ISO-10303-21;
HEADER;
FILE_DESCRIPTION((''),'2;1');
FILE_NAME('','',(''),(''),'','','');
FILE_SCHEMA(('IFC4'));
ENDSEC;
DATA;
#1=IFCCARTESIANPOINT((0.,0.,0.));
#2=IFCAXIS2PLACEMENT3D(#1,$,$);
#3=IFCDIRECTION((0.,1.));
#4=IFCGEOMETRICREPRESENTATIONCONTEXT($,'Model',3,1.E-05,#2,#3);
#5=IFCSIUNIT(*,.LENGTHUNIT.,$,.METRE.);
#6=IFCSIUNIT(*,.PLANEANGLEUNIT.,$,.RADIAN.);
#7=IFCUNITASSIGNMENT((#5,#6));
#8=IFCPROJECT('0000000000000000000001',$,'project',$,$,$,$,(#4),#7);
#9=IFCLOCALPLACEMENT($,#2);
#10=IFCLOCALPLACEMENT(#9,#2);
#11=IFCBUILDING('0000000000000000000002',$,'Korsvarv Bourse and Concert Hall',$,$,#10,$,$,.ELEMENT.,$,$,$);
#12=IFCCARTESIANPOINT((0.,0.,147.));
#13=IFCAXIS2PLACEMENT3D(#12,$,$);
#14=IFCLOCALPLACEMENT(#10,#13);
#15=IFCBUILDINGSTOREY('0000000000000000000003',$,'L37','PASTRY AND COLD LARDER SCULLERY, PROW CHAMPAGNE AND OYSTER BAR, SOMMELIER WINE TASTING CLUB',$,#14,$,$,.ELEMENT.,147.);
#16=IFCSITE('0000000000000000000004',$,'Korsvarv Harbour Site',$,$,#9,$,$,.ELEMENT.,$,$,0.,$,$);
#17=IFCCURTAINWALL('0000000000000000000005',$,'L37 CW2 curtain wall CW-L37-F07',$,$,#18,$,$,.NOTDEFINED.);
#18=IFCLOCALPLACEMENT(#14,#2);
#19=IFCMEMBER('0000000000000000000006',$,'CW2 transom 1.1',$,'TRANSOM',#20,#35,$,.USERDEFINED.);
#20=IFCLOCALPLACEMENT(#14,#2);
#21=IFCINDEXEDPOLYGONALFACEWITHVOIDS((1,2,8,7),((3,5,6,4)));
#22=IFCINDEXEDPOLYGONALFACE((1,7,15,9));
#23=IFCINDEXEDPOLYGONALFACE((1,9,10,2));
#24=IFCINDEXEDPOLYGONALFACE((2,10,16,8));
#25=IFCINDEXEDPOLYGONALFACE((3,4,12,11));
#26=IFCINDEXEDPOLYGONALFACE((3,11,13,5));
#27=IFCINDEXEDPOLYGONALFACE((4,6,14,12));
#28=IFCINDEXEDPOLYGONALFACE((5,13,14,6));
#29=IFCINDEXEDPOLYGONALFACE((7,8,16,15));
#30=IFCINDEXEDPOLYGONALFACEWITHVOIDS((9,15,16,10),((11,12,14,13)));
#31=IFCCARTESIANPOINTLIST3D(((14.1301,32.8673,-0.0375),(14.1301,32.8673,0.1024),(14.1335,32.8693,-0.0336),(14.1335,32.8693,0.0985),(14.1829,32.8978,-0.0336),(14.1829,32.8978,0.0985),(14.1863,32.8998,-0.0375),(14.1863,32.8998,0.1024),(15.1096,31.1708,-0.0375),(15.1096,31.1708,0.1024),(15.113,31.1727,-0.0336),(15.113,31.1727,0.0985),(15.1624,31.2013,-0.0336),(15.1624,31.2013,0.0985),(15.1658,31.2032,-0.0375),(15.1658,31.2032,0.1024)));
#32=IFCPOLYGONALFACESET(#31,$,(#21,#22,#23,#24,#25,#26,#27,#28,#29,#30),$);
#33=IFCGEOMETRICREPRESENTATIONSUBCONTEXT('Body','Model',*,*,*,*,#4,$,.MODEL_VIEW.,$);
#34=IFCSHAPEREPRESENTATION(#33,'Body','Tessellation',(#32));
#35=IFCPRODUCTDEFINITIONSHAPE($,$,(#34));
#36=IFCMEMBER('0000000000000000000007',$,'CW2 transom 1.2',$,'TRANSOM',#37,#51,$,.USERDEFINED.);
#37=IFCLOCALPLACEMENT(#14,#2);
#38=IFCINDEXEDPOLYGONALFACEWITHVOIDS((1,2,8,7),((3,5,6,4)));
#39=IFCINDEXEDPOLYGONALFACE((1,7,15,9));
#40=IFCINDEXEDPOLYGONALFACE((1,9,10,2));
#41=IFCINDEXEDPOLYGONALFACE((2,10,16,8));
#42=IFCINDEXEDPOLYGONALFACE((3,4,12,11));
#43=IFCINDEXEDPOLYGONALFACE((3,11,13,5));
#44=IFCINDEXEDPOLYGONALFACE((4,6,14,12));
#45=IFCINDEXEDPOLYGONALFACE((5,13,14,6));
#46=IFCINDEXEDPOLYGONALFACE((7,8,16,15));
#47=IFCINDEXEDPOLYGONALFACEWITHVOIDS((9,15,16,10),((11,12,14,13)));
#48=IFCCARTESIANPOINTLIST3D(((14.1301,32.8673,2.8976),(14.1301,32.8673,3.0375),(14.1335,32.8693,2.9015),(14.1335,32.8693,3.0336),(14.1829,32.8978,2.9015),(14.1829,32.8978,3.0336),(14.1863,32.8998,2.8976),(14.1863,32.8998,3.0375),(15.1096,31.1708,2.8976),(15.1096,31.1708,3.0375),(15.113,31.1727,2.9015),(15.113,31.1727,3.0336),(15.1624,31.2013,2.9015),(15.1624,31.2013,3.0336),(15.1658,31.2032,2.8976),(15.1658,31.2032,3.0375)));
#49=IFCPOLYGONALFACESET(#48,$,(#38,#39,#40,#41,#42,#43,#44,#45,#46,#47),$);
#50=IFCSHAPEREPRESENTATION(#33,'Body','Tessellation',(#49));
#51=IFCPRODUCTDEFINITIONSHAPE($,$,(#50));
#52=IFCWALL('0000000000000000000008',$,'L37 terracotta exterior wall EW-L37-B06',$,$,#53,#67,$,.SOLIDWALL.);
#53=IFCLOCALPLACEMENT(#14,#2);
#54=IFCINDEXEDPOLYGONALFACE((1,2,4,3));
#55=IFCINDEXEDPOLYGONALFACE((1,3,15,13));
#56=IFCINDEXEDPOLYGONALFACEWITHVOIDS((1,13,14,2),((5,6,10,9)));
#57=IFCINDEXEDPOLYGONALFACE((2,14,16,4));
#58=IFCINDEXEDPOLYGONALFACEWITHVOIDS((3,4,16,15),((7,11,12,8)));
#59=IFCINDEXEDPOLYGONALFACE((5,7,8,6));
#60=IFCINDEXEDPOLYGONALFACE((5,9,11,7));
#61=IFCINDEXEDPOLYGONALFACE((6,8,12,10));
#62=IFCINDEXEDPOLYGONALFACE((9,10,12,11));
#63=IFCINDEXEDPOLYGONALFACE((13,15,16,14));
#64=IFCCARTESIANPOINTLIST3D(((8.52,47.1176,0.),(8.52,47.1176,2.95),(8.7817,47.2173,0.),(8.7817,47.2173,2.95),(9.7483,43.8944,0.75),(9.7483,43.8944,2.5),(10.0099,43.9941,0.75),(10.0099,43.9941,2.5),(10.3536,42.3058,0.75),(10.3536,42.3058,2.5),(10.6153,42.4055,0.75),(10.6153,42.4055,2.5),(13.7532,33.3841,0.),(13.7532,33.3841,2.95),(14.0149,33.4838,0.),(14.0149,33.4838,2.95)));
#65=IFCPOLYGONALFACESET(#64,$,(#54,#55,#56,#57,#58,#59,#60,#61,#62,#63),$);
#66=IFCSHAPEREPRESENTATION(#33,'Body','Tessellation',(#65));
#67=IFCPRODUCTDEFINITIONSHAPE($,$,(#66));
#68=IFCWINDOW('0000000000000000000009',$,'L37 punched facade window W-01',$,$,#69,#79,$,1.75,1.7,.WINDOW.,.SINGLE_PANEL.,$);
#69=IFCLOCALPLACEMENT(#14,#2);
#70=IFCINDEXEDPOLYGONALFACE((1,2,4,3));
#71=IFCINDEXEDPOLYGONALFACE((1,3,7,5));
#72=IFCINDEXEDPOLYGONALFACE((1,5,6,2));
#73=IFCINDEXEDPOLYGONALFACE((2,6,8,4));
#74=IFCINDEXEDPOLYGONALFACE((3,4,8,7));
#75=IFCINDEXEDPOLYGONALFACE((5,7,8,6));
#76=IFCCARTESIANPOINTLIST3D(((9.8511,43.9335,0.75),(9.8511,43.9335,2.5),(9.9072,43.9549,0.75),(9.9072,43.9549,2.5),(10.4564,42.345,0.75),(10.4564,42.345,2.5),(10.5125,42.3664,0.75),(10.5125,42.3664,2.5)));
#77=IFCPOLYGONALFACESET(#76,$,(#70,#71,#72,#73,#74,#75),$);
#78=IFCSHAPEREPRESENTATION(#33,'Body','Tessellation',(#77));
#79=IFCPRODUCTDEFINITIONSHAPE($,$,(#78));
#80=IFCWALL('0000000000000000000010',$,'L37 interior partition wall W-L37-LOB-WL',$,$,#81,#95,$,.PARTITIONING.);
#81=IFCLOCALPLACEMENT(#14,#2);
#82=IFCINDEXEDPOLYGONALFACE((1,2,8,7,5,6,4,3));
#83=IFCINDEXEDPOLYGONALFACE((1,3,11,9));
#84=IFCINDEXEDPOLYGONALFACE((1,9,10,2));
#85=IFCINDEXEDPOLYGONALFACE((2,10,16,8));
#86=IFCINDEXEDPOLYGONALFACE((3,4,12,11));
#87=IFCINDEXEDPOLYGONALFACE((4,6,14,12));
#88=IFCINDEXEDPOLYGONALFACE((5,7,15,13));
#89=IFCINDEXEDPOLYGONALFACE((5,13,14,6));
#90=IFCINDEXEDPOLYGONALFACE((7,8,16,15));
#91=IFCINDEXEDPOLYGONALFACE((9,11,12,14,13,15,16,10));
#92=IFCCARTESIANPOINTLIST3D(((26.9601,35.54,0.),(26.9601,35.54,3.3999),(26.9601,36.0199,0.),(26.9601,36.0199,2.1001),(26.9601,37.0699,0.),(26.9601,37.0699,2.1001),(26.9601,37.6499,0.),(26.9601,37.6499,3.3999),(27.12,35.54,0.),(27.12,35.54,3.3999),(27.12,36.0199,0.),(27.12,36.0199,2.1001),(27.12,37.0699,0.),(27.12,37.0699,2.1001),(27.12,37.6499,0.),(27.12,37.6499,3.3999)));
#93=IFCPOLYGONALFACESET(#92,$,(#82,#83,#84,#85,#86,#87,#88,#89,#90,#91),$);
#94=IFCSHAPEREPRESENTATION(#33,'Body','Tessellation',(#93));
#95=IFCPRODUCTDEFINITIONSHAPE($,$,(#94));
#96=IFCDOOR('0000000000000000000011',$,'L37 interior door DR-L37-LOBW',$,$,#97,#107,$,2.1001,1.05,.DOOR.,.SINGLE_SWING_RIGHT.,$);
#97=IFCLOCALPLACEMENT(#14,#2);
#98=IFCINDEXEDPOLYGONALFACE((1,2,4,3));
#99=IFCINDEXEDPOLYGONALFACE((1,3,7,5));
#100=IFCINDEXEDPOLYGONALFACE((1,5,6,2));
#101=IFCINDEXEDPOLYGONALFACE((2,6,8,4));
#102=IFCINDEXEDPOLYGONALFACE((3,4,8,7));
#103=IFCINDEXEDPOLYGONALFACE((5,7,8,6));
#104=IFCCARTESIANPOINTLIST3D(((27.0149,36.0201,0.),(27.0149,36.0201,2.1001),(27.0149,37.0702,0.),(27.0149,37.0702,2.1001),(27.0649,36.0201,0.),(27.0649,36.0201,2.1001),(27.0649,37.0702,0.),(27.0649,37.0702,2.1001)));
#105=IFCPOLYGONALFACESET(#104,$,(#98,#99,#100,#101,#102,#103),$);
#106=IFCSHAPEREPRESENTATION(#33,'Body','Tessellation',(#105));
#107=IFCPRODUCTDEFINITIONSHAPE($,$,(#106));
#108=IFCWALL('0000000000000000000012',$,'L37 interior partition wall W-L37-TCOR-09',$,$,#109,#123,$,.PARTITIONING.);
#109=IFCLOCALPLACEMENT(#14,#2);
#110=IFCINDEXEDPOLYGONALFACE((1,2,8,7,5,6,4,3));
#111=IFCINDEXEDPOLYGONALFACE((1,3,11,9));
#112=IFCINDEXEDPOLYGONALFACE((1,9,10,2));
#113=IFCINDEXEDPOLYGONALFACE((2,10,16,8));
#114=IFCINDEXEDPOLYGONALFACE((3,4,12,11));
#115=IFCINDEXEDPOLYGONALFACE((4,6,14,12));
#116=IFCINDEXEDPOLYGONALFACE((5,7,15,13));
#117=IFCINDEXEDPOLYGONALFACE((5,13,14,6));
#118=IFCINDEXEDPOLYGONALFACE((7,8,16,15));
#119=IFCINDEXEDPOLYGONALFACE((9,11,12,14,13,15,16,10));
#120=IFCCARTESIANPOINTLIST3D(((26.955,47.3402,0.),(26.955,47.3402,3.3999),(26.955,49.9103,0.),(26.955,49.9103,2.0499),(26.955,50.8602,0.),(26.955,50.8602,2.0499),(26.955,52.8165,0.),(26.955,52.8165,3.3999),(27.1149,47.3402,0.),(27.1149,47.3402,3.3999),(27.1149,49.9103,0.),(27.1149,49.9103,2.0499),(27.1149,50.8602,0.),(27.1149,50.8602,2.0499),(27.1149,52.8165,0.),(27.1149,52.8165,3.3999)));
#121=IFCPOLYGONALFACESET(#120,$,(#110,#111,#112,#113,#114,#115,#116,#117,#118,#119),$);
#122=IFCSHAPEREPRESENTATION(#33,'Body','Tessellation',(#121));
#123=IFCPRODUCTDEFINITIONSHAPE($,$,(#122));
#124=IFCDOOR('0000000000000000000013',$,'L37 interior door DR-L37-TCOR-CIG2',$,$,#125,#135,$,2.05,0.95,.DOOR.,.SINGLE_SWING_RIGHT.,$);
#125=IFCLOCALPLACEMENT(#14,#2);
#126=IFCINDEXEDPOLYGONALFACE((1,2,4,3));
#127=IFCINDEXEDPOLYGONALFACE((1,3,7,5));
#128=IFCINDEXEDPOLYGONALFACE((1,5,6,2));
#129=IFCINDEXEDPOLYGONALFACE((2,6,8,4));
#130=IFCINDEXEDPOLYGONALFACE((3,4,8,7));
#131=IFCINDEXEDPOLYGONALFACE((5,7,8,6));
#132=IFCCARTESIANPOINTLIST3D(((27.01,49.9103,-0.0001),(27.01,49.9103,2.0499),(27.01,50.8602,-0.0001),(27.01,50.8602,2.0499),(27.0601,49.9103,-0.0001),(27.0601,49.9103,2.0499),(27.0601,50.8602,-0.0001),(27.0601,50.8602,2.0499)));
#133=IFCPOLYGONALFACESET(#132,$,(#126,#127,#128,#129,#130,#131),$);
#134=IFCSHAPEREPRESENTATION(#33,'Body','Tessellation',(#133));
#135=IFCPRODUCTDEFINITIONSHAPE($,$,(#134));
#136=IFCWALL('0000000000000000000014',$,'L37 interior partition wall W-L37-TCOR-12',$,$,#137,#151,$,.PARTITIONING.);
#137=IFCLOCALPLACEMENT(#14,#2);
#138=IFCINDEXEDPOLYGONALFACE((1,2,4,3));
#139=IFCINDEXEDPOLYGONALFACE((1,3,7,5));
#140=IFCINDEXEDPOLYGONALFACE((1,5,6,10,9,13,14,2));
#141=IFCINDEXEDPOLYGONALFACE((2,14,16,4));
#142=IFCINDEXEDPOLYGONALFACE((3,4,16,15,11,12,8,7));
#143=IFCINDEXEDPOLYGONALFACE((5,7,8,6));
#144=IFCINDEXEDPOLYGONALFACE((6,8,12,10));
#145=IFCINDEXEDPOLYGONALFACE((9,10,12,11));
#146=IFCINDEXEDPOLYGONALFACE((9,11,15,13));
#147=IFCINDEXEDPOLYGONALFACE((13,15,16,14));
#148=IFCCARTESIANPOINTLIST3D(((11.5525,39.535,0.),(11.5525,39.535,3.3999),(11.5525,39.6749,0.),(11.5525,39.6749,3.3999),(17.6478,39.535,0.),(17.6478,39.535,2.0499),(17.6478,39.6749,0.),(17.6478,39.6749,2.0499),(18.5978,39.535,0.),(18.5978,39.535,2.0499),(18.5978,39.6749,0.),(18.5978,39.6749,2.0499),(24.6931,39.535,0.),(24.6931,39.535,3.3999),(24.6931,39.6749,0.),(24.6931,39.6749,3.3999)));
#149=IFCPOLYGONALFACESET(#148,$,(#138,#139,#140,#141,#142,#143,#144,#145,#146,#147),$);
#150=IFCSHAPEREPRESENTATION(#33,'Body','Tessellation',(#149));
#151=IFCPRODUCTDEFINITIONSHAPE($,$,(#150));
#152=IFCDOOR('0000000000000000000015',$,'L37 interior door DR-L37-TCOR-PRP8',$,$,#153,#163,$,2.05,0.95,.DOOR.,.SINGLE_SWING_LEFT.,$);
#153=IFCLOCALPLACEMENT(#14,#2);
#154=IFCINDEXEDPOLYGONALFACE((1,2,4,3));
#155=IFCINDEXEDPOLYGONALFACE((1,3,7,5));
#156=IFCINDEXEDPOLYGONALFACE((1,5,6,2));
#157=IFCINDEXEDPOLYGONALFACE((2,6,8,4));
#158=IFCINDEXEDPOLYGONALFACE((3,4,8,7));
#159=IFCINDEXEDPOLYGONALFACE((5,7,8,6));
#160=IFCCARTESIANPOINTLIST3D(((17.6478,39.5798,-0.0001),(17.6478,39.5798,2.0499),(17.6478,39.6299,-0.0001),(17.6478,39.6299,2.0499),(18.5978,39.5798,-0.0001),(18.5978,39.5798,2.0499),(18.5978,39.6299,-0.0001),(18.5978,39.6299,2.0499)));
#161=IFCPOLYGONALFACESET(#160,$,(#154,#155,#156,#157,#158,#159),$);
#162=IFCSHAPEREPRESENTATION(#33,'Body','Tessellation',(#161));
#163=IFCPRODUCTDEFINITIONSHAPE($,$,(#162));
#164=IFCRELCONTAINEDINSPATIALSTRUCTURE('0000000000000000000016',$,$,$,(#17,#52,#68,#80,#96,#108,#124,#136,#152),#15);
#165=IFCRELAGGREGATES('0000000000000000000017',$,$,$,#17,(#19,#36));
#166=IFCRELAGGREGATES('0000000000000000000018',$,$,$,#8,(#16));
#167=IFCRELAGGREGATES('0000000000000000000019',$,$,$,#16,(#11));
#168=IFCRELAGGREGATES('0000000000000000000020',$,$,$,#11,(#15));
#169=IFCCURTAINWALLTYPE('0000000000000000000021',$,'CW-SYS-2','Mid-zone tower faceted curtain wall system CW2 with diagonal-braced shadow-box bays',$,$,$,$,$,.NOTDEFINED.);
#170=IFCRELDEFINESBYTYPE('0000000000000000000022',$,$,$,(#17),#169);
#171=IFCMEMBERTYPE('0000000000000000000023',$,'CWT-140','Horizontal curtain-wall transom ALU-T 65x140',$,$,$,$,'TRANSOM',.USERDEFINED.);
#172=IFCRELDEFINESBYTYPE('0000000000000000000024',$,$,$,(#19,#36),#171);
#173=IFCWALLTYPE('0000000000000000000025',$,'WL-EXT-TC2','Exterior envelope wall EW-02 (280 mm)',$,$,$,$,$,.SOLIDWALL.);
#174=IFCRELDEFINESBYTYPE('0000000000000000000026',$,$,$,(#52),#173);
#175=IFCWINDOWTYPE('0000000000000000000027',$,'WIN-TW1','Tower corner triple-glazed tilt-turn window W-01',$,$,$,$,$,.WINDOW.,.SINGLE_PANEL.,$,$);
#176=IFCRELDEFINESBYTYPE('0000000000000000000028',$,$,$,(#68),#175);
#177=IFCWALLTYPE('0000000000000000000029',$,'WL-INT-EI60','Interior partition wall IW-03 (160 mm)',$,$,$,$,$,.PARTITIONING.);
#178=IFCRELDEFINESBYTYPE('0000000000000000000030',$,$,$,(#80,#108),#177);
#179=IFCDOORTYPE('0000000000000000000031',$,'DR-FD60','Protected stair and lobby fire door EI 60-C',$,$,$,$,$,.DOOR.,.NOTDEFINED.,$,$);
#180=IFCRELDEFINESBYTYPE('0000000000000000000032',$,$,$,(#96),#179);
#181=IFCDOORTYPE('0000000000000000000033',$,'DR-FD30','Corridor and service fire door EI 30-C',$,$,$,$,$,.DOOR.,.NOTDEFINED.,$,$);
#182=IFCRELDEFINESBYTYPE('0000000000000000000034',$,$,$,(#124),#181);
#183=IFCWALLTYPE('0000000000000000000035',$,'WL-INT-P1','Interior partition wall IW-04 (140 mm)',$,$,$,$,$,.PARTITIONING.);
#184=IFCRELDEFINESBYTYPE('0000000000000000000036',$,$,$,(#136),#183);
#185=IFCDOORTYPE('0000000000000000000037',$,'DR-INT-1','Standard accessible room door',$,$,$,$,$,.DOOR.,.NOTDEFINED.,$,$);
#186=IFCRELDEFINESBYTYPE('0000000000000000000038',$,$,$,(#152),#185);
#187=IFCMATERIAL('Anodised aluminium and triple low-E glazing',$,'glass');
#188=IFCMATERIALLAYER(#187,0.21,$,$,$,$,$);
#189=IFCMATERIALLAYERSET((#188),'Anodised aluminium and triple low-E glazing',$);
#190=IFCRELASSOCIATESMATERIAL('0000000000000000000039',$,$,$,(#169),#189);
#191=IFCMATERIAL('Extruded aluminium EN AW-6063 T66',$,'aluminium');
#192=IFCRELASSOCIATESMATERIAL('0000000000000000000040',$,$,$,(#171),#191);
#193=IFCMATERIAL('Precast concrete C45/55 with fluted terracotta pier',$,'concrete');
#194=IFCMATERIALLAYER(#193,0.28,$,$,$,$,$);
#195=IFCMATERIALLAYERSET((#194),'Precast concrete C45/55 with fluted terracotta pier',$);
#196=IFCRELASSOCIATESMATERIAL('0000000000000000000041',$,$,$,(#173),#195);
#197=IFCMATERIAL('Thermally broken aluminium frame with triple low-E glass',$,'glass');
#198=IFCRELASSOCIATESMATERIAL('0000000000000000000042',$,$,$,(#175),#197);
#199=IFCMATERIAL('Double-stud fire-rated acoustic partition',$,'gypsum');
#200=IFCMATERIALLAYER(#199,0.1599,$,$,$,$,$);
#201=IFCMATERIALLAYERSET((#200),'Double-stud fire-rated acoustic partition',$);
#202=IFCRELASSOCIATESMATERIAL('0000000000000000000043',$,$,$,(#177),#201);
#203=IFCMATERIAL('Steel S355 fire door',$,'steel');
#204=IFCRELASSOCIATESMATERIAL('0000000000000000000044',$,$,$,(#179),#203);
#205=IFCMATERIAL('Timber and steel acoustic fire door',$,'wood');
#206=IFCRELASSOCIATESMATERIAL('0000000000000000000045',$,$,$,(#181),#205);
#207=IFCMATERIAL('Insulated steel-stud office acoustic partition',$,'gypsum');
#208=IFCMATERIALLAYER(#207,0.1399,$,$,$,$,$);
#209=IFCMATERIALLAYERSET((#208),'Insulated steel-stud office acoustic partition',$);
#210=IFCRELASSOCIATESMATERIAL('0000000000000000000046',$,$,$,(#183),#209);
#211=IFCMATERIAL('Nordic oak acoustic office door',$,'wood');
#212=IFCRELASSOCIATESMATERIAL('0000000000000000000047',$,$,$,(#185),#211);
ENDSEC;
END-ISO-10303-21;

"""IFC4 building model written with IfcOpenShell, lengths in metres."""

from ifc_helpers import new_model, si_unit, direction, frame, frame_2d, origin, origin_2d, place, context, subcontext, project, spatial, rectangle, hollow_rectangle, extrude, source, transform, mapped, material, layer, layer_set, material_profile, profile_set, type_object, element, fill, aggregate, save


model = new_model("IFC4")

# Units and contexts
model_context = context("Model", 3, precision=1e-05, world=origin(), true_north=direction((0.0, 1.0)))
body_context = subcontext(model_context, "Body", "Model", "MODEL_VIEW")
ifc_project = project(units=[si_unit("LENGTHUNIT", "METRE"), si_unit("PLANEANGLEUNIT", "RADIAN")], contexts=[model_context])

# Site, building, storey
site_placement = place(None, origin())
site = spatial("IfcSite", under=ifc_project, at=site_placement, Name="Korsvarv Harbour Site", CompositionType="ELEMENT", RefElevation=0.0)
building_placement = place(site_placement, origin())
building = spatial("IfcBuilding", under=site, at=building_placement, Name="Korsvarv Bourse and Concert Hall", CompositionType="ELEMENT")
storey_placement = place(building_placement, frame((0.0, 0.0, 147.0)))
storey = spatial("IfcBuildingStorey", under=building, at=storey_placement, Name="L37", Description="PASTRY AND COLD LARDER SCULLERY, PROW CHAMPAGNE AND OYSTER BAR, SOMMELIER WINE TASTING CLUB", CompositionType="ELEMENT", Elevation=147.0)

# Curtain wall, members
ifc_material_1 = material(Name="Anodised aluminium and triple low-E glazing", Category="glass")
ifc_layer_1 = layer(ifc_material_1, 0.21)
ifc_layer_set_1 = layer_set([ifc_layer_1], Name="Anodised aluminium and triple low-E glazing")
curtain_wall_type = type_object("IfcCurtainWallType", Name="CW-SYS-2", Description="Mid-zone tower faceted curtain wall system CW2 with diagonal-braced shadow-box bays", PredefinedType="NOTDEFINED", material=ifc_layer_set_1)
curtain_wall_placement = place(storey_placement, origin())
curtain_wall = element("IfcCurtainWall", 1, at=curtain_wall_placement, inside=storey, type_object=curtain_wall_type, Name="L37 CW2 curtain wall CW-L37-F07", PredefinedType="NOTDEFINED")
ifc_material_2 = material(Name="Extruded aluminium EN AW-6063 T66", Category="aluminium")
ifc_material_profile_1 = material_profile(ifc_material_2, hollow_rectangle(XDim=0.0649, YDim=0.1399, WallThickness=0.0039, at=origin_2d()), Name="ALU-T 65x140")
ifc_profile_set_1 = profile_set([ifc_material_profile_1], Name="Extruded aluminium EN AW-6063 T66")
member_type_1 = type_object("IfcMemberType", Name="CWT-140", Description="Horizontal curtain-wall transom ALU-T 65x140", ElementType="TRANSOM", PredefinedType="USERDEFINED", material=ifc_profile_set_1)
shared_shape_1 = source(origin(), body_context, "Body", "SweptSolid", [
    extrude(hollow_rectangle(XDim=0.0649, YDim=0.1399, WallThickness=0.0039, at=origin_2d()), origin(), (0.0, 0.0, 1.0), 1.959),
])
member_1_placement = place(storey_placement, frame((14.1582, 32.8835, 0.0325), z_axis=(0.499999, -0.866026, 0.0), x_axis=(0.866026, 0.499999, 0.0)))
member_1 = element("IfcMember", 2, at=member_1_placement, type_object=member_type_1, Name="CW2 transom 1.1", ObjectType="TRANSOM", PredefinedType="USERDEFINED", context=body_context, shape_type="MappedRepresentation", body=[
    mapped(shared_shape_1, transform((0.0, 0.0, 0.0), scale=1.0)),
])
member_2_placement = place(storey_placement, frame((14.1582, 32.8835, 2.9675), z_axis=(0.499999, -0.866026, 0.0), x_axis=(0.866026, 0.499999, 0.0)))
member_2 = element("IfcMember", 3, at=member_2_placement, type_object=member_type_1, Name="CW2 transom 1.2", ObjectType="TRANSOM", PredefinedType="USERDEFINED", context=body_context, shape_type="MappedRepresentation", body=[
    mapped(shared_shape_1, transform((0.0, 0.0, 0.0), scale=1.0)),
])
aggregate(curtain_wall, [member_1, member_2])

# Wall, opening, window
ifc_material_3 = material(Name="Precast concrete C45/55 with fluted terracotta pier", Category="concrete")
ifc_layer_2 = layer(ifc_material_3, 0.28)
ifc_layer_set_2 = layer_set([ifc_layer_2], Name="Precast concrete C45/55 with fluted terracotta pier")
wall_type_1 = type_object("IfcWallType", Name="WL-EXT-TC2", Description="Exterior envelope wall EW-02 (280 mm)", PredefinedType="SOLIDWALL", material=ifc_layer_set_2)
wall_1_placement = place(storey_placement, frame((8.6509, 47.1675, 0.0), z_axis=(0.0, 0.0, 1.0), x_axis=(0.356078, -0.934456, 0.0)))
wall_1 = element("IfcWall", 4, at=wall_1_placement, inside=storey, type_object=wall_type_1, Name="L37 terracotta exterior wall EW-L37-B06", PredefinedType="SOLIDWALL", context=body_context, shape_type="SweptSolid", body=[
    extrude(rectangle(XDim=14.6968, YDim=0.28, at=frame_2d((7.3484, 0.0))), origin(), (0.0, 0.0, 1.0), 2.95),
])
opening_1_placement = place(wall_1_placement, frame((3.4492, 0.0, 0.75)))
opening_1 = element("IfcOpeningElement", 5, at=opening_1_placement, cuts=wall_1, PredefinedType="OPENING", context=body_context, shape_type="SweptSolid", body=[
    extrude(rectangle(XDim=1.7, YDim=1.75, at=frame_2d((0.8501, 0.875))), frame((0.0, 0.1499, 0.0), z_axis=(0.0, -1.0, 0.0), x_axis=(1.0, 0.0, 0.0)), (0.0, 0.0, 1.0), 0.3),
])
ifc_material_4 = material(Name="Thermally broken aluminium frame with triple low-E glass", Category="glass")
window_type = type_object("IfcWindowType", Name="WIN-TW1", Description="Tower corner triple-glazed tilt-turn window W-01", PartitioningType="SINGLE_PANEL", PredefinedType="WINDOW", material=ifc_material_4)
window_placement = place(opening_1_placement, origin())
window = element("IfcWindow", 6, at=window_placement, inside=storey, type_object=window_type, Name="L37 punched facade window W-01", OverallHeight=1.75, OverallWidth=1.7, PartitioningType="SINGLE_PANEL", PredefinedType="WINDOW", context=body_context, shape_type="SweptSolid", body=[
    extrude(rectangle(XDim=1.7, YDim=1.75, at=frame_2d((0.8501, 0.875))), frame((0.0, 0.03, 0.0), z_axis=(0.0, -1.0, 0.0), x_axis=(1.0, 0.0, 0.0)), (0.0, 0.0, 1.0), 0.0601),
])
fill(opening_1, window)

# Walls, openings, doors
ifc_material_5 = material(Name="Double-stud fire-rated acoustic partition", Category="gypsum")
ifc_layer_3 = layer(ifc_material_5, 0.1599)
ifc_layer_set_3 = layer_set([ifc_layer_3], Name="Double-stud fire-rated acoustic partition")
wall_type_2 = type_object("IfcWallType", Name="WL-INT-EI60", Description="Interior partition wall IW-03 (160 mm)", PredefinedType="PARTITIONING", material=ifc_layer_set_3)
wall_2_placement = place(storey_placement, frame((27.04, 35.54, 0.0), z_axis=(0.0, 0.0, 1.0), x_axis=(0.0, 1.0, 0.0)))
wall_2 = element("IfcWall", 7, at=wall_2_placement, inside=storey, type_object=wall_type_2, Name="L37 interior partition wall W-L37-LOB-WL", PredefinedType="PARTITIONING", context=body_context, shape_type="SweptSolid", body=[
    extrude(rectangle(XDim=2.1099, YDim=0.1599, at=frame_2d((1.0549, 0.0))), origin(), (0.0, 0.0, 1.0), 3.3999),
])
opening_2_placement = place(wall_2_placement, frame((0.48, 0.0, 0.0)))
opening_2 = element("IfcOpeningElement", 8, at=opening_2_placement, cuts=wall_2, PredefinedType="OPENING", context=body_context, shape_type="SweptSolid", body=[
    extrude(rectangle(XDim=1.05, YDim=2.1001, at=frame_2d((0.5249, 1.05))), frame((0.0, 0.0898, 0.0), z_axis=(0.0, -1.0, 0.0), x_axis=(1.0, 0.0, 0.0)), (0.0, 0.0, 1.0), 0.1799),
])
ifc_material_6 = material(Name="Steel S355 fire door", Category="steel")
door_type_1 = type_object("IfcDoorType", Name="DR-FD60", Description="Protected stair and lobby fire door EI 60-C", OperationType="NOTDEFINED", PredefinedType="DOOR", material=ifc_material_6)
door_1_placement = place(opening_2_placement, frame((1.05, 0.0, 0.0), z_axis=(0.0, 0.0, 1.0), x_axis=(-1.0, 0.0, 0.0)))
door_1 = element("IfcDoor", 9, at=door_1_placement, inside=storey, type_object=door_type_1, Name="L37 interior door DR-L37-LOBW", OperationType="SINGLE_SWING_RIGHT", OverallHeight=2.1001, OverallWidth=1.05, PredefinedType="DOOR", context=body_context, shape_type="SweptSolid", body=[
    extrude(rectangle(XDim=1.05, YDim=2.1001, at=frame_2d((0.5249, 1.05))), frame((0.0, 0.0249, 0.0), z_axis=(0.0, -1.0, 0.0), x_axis=(1.0, 0.0, 0.0)), (0.0, 0.0, 1.0), 0.05),
])
fill(opening_2, door_1)
wall_3_placement = place(storey_placement, frame((27.0349, 47.3401, 0.0), z_axis=(0.0, 0.0, 1.0), x_axis=(0.0, 1.0, 0.0)))
wall_3 = element("IfcWall", 10, at=wall_3_placement, inside=storey, type_object=wall_type_2, Name="L37 interior partition wall W-L37-TCOR-09", PredefinedType="PARTITIONING", context=body_context, shape_type="SweptSolid", body=[
    extrude(rectangle(XDim=5.4763, YDim=0.1599, at=frame_2d((2.7383, 0.0))), origin(), (0.0, 0.0, 1.0), 3.3999),
])
opening_3_placement = place(wall_3_placement, frame((2.5701, 0.0, 0.0)))
opening_3 = element("IfcOpeningElement", 11, at=opening_3_placement, cuts=wall_3, PredefinedType="OPENING", context=body_context, shape_type="SweptSolid", body=[
    extrude(rectangle(XDim=0.95, YDim=2.05, at=frame_2d((0.4751, 1.0249))), frame((0.0, 0.0898, 0.0), z_axis=(0.0, -1.0, 0.0), x_axis=(1.0, 0.0, 0.0)), (0.0, 0.0, 1.0), 0.1799),
])
ifc_material_7 = material(Name="Timber and steel acoustic fire door", Category="wood")
door_type_2 = type_object("IfcDoorType", Name="DR-FD30", Description="Corridor and service fire door EI 30-C", OperationType="NOTDEFINED", PredefinedType="DOOR", material=ifc_material_7)
door_2_placement = place(opening_3_placement, origin())
door_2 = element("IfcDoor", 12, at=door_2_placement, inside=storey, type_object=door_type_2, Name="L37 interior door DR-L37-TCOR-CIG2", OperationType="SINGLE_SWING_RIGHT", OverallHeight=2.05, OverallWidth=0.95, PredefinedType="DOOR", context=body_context, shape_type="SweptSolid", body=[
    extrude(rectangle(XDim=0.95, YDim=2.05, at=frame_2d((0.4751, 1.0249))), frame((0.0, 0.0249, 0.0), z_axis=(0.0, -1.0, 0.0), x_axis=(1.0, 0.0, 0.0)), (0.0, 0.0, 1.0), 0.05),
])
fill(opening_3, door_2)
ifc_material_8 = material(Name="Insulated steel-stud office acoustic partition", Category="gypsum")
ifc_layer_4 = layer(ifc_material_8, 0.1399)
ifc_layer_set_4 = layer_set([ifc_layer_4], Name="Insulated steel-stud office acoustic partition")
wall_type_3 = type_object("IfcWallType", Name="WL-INT-P1", Description="Interior partition wall IW-04 (140 mm)", PredefinedType="PARTITIONING", material=ifc_layer_set_4)
wall_4_placement = place(storey_placement, frame((11.5525, 39.605, 0.0), z_axis=(0.0, 0.0, 1.0), x_axis=(1.0, 0.0, 0.0)))
wall_4 = element("IfcWall", 13, at=wall_4_placement, inside=storey, type_object=wall_type_3, Name="L37 interior partition wall W-L37-TCOR-12", PredefinedType="PARTITIONING", context=body_context, shape_type="SweptSolid", body=[
    extrude(rectangle(XDim=13.1406, YDim=0.1399, at=frame_2d((6.5703, 0.0))), origin(), (0.0, 0.0, 1.0), 3.3999),
])
opening_4_placement = place(wall_4_placement, frame((6.0952, 0.0, 0.0)))
opening_4 = element("IfcOpeningElement", 14, at=opening_4_placement, cuts=wall_4, PredefinedType="OPENING", context=body_context, shape_type="SweptSolid", body=[
    extrude(rectangle(XDim=0.95, YDim=2.05, at=frame_2d((0.4751, 1.0249))), frame((0.0, 0.0801, 0.0), z_axis=(0.0, -1.0, 0.0), x_axis=(1.0, 0.0, 0.0)), (0.0, 0.0, 1.0), 0.1599),
])
ifc_material_9 = material(Name="Nordic oak acoustic office door", Category="wood")
door_type_3 = type_object("IfcDoorType", Name="DR-INT-1", Description="Standard accessible room door", OperationType="NOTDEFINED", PredefinedType="DOOR", material=ifc_material_9)
door_3_placement = place(opening_4_placement, origin())
door_3 = element("IfcDoor", 15, at=door_3_placement, inside=storey, type_object=door_type_3, Name="L37 interior door DR-L37-TCOR-PRP8", OperationType="SINGLE_SWING_LEFT", OverallHeight=2.05, OverallWidth=0.95, PredefinedType="DOOR", context=body_context, shape_type="SweptSolid", body=[
    extrude(rectangle(XDim=0.95, YDim=2.05, at=frame_2d((0.4751, 1.0249))), frame((0.0, 0.0249, 0.0), z_axis=(0.0, -1.0, 0.0), x_axis=(1.0, 0.0, 0.0)), (0.0, 0.0, 1.0), 0.05),
])
fill(opening_4, door_3)

save(model, "model.ifc")
